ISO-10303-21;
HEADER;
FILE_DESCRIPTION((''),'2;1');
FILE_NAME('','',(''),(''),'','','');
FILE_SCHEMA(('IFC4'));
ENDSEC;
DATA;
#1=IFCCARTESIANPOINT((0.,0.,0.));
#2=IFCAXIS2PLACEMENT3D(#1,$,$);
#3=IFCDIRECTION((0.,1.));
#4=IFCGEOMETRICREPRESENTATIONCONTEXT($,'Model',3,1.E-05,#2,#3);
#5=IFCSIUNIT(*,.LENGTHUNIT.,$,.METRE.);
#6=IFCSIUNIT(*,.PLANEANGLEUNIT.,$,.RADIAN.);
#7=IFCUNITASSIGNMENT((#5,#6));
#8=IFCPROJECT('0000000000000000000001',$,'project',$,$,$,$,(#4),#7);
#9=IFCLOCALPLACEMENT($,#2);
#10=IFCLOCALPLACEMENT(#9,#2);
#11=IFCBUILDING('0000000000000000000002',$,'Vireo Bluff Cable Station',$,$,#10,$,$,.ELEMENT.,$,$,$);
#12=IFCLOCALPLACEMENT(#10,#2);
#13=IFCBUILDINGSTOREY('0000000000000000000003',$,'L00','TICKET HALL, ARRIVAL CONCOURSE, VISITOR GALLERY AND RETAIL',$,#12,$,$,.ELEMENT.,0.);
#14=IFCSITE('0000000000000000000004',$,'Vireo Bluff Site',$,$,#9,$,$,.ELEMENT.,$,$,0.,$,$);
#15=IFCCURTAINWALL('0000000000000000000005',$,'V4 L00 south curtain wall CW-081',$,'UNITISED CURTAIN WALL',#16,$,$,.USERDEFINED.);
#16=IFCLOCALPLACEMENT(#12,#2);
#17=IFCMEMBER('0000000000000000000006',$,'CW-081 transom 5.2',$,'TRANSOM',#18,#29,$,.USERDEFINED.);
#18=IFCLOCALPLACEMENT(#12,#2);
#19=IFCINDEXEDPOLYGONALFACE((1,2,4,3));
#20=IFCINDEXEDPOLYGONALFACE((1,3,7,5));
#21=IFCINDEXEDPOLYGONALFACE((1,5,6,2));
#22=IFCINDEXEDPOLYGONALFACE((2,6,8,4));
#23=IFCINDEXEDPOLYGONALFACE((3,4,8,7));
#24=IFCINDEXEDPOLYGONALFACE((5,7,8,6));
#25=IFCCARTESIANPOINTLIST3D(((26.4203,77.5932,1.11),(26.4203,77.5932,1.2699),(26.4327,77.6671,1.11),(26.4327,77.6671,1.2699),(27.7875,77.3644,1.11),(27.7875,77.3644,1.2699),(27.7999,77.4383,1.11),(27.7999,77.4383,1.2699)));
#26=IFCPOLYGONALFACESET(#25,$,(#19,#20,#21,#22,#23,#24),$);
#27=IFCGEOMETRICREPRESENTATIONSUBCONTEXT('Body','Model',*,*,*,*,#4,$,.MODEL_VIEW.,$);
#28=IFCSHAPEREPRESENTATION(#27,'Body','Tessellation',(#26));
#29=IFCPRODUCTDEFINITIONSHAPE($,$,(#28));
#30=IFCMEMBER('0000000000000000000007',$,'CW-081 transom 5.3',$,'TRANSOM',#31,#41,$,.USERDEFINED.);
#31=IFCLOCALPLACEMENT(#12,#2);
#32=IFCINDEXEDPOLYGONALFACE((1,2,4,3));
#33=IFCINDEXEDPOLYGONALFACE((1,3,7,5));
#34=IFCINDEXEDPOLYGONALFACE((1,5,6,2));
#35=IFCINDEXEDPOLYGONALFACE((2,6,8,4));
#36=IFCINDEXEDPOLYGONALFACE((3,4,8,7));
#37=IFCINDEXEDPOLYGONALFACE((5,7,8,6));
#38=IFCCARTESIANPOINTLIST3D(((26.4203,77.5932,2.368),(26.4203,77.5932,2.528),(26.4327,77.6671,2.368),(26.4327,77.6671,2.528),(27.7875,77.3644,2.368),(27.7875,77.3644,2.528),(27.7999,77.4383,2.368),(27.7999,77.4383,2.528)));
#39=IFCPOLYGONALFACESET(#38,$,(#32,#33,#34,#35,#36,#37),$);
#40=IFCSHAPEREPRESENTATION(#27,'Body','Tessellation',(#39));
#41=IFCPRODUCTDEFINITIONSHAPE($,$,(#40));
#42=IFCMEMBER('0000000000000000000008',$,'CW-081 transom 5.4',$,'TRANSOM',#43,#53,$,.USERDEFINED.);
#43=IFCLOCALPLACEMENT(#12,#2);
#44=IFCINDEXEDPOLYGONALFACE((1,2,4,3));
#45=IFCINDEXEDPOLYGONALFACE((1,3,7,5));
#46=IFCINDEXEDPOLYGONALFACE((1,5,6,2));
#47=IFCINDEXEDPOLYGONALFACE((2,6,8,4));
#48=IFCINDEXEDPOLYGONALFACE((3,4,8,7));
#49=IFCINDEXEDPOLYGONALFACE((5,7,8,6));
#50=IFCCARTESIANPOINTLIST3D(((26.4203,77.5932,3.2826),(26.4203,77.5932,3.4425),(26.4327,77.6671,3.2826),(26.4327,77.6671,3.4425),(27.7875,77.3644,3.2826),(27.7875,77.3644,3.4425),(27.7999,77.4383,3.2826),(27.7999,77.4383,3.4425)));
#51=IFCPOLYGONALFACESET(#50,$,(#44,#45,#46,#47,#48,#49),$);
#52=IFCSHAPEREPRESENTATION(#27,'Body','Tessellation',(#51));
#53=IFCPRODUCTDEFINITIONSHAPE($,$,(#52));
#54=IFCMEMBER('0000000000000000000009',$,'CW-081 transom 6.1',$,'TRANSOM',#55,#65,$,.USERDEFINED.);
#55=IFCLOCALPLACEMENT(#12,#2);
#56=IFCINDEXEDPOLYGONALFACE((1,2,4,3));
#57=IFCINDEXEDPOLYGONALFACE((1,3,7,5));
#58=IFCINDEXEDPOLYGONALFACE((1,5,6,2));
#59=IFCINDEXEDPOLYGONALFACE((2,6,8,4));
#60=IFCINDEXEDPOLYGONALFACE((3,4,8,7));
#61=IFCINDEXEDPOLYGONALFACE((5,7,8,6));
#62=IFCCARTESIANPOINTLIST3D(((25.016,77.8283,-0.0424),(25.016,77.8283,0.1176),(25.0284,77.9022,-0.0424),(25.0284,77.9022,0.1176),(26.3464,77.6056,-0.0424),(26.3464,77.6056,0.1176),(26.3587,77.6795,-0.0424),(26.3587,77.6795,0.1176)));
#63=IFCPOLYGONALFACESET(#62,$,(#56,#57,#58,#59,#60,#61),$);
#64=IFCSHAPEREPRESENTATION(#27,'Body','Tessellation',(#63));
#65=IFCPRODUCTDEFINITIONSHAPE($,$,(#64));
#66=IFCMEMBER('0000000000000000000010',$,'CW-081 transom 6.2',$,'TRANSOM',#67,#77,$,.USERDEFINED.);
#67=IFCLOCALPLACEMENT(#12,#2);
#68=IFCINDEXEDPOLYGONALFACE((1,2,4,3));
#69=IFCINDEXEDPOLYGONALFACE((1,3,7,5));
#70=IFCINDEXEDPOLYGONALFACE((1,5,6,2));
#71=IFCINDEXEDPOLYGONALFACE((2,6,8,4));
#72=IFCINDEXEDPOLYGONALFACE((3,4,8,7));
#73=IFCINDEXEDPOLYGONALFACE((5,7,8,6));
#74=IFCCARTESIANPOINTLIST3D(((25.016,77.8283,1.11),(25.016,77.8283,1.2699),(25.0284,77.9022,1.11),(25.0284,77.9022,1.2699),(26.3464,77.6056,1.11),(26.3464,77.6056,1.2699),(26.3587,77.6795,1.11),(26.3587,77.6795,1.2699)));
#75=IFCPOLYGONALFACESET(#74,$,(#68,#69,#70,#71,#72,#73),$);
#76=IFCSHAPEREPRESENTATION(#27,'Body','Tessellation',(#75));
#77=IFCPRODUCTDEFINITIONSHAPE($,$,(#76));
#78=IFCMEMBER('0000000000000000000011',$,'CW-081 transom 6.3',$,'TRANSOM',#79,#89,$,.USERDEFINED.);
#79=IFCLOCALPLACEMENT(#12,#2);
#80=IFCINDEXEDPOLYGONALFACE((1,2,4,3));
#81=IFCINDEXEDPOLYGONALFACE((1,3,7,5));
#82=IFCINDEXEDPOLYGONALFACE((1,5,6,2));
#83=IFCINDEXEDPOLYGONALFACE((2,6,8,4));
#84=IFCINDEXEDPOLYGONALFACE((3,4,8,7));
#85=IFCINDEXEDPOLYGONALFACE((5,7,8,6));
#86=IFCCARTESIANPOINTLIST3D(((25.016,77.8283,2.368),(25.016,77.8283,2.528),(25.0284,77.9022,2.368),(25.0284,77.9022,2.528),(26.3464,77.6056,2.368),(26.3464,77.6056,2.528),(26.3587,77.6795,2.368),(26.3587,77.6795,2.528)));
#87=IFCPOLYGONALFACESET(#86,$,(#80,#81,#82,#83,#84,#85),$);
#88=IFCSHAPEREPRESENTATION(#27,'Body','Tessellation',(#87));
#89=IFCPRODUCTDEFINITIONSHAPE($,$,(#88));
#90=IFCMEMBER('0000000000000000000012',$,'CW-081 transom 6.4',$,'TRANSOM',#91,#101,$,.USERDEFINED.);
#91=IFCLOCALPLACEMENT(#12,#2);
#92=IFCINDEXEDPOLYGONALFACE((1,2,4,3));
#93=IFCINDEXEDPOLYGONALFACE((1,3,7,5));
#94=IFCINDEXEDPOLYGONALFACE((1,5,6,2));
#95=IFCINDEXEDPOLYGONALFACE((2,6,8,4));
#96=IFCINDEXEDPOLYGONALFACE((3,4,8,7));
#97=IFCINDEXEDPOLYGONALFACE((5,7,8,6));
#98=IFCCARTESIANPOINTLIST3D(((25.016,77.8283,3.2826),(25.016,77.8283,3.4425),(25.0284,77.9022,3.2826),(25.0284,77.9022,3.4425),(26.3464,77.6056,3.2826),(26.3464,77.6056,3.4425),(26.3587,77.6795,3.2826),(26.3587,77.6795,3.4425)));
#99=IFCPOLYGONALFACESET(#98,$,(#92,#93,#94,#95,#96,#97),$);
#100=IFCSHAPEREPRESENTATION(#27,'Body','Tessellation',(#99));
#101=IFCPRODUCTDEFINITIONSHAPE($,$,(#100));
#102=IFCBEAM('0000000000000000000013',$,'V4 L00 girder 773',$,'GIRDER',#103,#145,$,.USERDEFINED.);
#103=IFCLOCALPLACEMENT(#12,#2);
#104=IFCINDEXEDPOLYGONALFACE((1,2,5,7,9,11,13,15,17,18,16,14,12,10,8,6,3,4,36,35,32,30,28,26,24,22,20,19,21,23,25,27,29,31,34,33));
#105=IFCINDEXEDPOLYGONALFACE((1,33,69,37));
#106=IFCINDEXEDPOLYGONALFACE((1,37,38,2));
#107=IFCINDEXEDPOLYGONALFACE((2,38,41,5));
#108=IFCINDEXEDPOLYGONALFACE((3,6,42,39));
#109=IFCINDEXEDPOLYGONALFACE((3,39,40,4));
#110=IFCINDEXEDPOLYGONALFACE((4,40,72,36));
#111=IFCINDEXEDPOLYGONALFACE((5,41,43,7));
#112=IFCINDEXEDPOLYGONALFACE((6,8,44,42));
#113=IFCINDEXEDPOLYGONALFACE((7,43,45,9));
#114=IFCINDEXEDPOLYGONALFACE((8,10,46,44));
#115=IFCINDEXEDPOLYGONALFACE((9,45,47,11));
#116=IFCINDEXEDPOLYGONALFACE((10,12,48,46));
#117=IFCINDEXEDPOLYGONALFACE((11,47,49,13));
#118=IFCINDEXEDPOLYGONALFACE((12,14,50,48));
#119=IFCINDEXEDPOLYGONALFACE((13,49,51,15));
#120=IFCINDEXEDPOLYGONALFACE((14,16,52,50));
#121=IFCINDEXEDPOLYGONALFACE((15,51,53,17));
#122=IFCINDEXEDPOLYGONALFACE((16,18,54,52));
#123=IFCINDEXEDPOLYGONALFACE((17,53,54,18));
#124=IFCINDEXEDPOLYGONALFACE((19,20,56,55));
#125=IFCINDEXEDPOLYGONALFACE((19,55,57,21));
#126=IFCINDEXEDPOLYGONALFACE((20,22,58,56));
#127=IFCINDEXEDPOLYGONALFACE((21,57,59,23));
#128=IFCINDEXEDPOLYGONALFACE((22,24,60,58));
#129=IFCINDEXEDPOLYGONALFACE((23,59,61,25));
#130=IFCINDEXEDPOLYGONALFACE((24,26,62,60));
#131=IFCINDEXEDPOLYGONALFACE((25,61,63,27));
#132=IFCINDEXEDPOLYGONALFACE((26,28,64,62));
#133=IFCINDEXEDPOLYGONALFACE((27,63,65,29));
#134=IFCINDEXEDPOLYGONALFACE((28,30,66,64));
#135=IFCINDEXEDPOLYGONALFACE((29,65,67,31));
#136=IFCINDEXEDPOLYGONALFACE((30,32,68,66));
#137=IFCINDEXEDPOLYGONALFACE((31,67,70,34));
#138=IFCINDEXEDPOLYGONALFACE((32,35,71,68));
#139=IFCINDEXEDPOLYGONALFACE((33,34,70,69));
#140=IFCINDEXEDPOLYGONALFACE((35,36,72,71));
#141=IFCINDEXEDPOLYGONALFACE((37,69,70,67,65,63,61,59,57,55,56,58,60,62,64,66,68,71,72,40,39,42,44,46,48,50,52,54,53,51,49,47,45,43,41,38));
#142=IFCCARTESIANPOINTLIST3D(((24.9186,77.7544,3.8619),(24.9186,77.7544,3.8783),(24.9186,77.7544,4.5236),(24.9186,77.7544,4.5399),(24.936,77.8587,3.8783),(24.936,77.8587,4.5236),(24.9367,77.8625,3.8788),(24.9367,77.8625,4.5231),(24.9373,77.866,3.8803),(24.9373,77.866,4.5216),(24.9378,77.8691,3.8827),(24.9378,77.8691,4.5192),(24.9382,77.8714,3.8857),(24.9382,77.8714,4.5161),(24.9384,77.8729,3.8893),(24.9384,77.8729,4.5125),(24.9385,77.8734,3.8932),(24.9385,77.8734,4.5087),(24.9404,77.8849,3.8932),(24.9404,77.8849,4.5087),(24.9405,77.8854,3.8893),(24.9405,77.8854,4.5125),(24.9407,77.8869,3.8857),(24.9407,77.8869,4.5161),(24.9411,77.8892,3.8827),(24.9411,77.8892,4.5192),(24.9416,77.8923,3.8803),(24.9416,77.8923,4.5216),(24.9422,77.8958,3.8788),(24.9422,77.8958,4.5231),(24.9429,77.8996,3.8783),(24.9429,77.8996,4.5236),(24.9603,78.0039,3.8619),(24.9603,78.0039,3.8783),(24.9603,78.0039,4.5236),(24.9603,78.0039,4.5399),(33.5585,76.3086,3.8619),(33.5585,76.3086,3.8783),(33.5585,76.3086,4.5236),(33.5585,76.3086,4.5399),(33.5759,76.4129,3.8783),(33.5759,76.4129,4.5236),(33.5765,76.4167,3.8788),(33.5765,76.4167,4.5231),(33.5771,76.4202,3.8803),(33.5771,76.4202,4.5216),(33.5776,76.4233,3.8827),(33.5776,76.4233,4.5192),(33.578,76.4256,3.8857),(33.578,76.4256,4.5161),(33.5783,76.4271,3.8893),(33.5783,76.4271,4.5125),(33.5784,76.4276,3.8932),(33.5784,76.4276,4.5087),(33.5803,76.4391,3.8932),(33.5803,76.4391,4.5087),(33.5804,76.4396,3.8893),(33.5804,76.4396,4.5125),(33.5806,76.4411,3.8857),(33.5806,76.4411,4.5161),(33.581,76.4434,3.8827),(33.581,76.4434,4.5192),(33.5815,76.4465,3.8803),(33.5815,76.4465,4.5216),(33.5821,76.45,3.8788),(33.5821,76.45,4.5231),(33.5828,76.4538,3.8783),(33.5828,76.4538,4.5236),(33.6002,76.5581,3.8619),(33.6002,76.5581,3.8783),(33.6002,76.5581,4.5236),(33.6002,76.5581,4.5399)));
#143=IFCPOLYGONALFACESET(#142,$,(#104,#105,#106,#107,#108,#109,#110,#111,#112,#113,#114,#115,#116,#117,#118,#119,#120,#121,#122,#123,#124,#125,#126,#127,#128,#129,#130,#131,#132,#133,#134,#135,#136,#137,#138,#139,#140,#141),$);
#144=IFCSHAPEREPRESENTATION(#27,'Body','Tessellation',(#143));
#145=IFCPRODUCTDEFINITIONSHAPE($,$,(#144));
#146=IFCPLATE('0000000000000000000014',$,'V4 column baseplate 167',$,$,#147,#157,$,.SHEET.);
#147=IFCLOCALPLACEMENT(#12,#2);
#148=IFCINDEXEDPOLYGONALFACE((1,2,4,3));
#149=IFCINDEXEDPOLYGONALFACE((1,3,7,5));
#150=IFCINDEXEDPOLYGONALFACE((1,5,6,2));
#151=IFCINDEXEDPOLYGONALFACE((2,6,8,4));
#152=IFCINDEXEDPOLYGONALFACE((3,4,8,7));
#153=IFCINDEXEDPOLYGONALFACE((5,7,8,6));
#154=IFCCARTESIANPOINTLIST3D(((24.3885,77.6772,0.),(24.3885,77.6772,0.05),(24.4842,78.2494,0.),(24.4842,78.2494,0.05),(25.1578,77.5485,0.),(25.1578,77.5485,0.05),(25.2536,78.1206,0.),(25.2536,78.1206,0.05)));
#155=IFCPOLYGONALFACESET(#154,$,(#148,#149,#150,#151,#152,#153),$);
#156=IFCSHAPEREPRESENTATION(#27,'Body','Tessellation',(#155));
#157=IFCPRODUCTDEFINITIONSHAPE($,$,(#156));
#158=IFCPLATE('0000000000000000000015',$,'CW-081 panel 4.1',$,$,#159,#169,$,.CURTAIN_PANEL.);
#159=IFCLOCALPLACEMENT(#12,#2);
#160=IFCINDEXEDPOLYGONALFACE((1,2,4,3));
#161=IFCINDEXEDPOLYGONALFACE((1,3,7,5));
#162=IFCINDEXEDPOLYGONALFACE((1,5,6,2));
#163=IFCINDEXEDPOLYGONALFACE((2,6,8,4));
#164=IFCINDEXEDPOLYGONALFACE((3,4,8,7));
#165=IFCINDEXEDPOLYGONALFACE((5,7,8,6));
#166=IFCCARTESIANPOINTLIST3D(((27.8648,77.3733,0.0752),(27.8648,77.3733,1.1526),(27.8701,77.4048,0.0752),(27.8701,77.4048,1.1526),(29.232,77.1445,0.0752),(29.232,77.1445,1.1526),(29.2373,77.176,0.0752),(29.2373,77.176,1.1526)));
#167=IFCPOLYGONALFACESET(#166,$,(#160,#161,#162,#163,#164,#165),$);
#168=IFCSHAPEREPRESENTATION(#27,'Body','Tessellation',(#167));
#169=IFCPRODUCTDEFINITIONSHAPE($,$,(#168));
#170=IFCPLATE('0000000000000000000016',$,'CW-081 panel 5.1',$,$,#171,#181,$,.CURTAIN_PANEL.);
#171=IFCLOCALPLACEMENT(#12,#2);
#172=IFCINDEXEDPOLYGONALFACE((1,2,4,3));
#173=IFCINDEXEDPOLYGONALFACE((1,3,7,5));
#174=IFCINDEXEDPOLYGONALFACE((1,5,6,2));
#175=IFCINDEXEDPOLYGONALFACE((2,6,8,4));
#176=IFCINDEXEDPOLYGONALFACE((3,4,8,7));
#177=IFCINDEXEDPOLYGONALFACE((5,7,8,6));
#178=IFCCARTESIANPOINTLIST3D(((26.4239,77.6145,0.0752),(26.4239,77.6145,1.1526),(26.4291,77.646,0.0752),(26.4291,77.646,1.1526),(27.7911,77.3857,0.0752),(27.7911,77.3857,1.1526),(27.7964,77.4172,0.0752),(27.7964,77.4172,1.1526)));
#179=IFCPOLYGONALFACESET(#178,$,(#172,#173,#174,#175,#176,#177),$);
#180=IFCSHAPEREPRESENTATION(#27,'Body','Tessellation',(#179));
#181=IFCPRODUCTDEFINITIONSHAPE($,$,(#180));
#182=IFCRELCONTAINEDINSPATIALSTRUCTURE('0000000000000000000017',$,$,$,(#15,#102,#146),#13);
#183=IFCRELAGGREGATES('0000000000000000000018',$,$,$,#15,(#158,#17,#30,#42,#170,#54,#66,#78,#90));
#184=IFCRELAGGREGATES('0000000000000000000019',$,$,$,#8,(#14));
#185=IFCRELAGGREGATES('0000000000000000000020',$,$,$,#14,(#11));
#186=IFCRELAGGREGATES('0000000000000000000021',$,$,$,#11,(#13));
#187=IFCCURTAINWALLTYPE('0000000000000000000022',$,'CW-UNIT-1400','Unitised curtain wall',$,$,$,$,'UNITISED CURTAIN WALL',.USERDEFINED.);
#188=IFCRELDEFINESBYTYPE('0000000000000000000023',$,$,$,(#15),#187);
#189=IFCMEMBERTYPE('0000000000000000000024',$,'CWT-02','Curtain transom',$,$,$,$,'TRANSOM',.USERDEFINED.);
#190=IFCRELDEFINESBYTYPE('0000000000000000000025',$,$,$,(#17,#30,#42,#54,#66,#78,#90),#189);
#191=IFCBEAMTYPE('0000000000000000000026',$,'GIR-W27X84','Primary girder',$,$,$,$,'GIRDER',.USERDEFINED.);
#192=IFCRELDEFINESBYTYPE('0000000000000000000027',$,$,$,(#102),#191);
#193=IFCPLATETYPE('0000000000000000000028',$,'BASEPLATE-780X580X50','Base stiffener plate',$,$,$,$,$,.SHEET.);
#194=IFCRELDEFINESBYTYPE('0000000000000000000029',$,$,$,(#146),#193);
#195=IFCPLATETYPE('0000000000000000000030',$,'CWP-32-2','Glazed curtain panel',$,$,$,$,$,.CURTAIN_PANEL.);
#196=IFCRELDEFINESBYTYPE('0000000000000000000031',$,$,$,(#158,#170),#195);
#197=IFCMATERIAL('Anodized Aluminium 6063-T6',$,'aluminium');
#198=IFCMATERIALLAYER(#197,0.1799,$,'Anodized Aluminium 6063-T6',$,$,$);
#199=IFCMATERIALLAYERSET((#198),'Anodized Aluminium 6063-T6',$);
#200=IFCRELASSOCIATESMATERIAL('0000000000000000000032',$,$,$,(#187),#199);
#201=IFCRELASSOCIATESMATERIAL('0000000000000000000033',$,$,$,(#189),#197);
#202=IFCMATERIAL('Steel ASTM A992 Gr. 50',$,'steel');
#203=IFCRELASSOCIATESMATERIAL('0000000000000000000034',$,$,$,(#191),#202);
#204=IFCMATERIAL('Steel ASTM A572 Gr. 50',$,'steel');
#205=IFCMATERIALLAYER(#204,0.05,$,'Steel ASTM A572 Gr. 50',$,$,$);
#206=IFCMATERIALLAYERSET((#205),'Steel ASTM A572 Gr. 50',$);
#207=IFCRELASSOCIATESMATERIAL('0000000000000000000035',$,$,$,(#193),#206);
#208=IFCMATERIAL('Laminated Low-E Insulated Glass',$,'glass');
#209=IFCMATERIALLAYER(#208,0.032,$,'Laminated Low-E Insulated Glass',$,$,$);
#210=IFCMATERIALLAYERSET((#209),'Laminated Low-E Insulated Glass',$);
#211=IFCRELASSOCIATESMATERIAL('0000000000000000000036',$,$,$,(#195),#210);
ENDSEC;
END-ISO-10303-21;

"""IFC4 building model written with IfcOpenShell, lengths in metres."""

from ifc_helpers import new_model, si_unit, direction, frame, origin, origin_2d, place, context, subcontext, project, spatial, rectangle, i_section, extrude, material, layer, layer_set, material_profile, profile_set, type_object, element, aggregate, save


model = new_model("IFC4")

# Units and contexts
model_context = context("Model", 3, precision=1e-05, world=origin(), true_north=direction((0.0, 1.0)))
body_context = subcontext(model_context, "Body", "Model", "MODEL_VIEW")
ifc_project = project(units=[si_unit("LENGTHUNIT", "METRE"), si_unit("PLANEANGLEUNIT", "RADIAN")], contexts=[model_context])

# Site, building, storey
site_placement = place(None, origin())
site = spatial("IfcSite", under=ifc_project, at=site_placement, Name="Vireo Bluff Site", CompositionType="ELEMENT", RefElevation=0.0)
building_placement = place(site_placement, origin())
building = spatial("IfcBuilding", under=site, at=building_placement, Name="Vireo Bluff Cable Station", CompositionType="ELEMENT")
storey_placement = place(building_placement, origin())
storey = spatial("IfcBuildingStorey", under=building, at=storey_placement, Name="L00", Description="TICKET HALL, ARRIVAL CONCOURSE, VISITOR GALLERY AND RETAIL", CompositionType="ELEMENT", Elevation=0.0)

# Shared definitions
ifc_material_1 = material(Name="Steel ASTM A992 Gr. 50", Category="steel")

# Curtain wall, members
ifc_material_2 = material(Name="Anodized Aluminium 6063-T6", Category="aluminium")
ifc_layer_1 = layer(ifc_material_2, 0.1799, Name="Anodized Aluminium 6063-T6")
ifc_layer_set_1 = layer_set([ifc_layer_1], Name="Anodized Aluminium 6063-T6")
curtain_wall_type = type_object("IfcCurtainWallType", Name="CW-UNIT-1400", Description="Unitised curtain wall", ElementType="UNITISED CURTAIN WALL", PredefinedType="USERDEFINED", material=ifc_layer_set_1)
curtain_wall_placement = place(storey_placement, origin())
curtain_wall = element("IfcCurtainWall", 1, at=curtain_wall_placement, inside=storey, type_object=curtain_wall_type, Name="V4 L00 south curtain wall CW-081", ObjectType="UNITISED CURTAIN WALL", PredefinedType="USERDEFINED")
ifc_material_profile_1 = material_profile(ifc_material_2, rectangle(XDim=0.075, YDim=0.1599, at=origin_2d()), Name="ALU-T-75X160")
ifc_profile_set_1 = profile_set([ifc_material_profile_1], Name="Anodized Aluminium 6063-T6")
member_type_1 = type_object("IfcMemberType", Name="CWT-02", Description="Curtain transom", ElementType="TRANSOM", PredefinedType="USERDEFINED", material=ifc_profile_set_1)
member_1_placement = place(storey_placement, frame((27.7937, 77.4014, 1.1899), z_axis=(-0.986289, 0.165027, 0.0), x_axis=(-0.165027, -0.986289, 0.0)))
member_1 = element("IfcMember", 2, at=member_1_placement, type_object=member_type_1, Name="CW-081 transom 5.2", ObjectType="TRANSOM", PredefinedType="USERDEFINED", context=body_context, shape_type="SweptSolid", body=[
    extrude(rectangle(XDim=0.075, YDim=0.1599, at=origin_2d()), origin(), (0.0, 0.0, 1.0), 1.3862),
])
member_2_placement = place(storey_placement, frame((27.7937, 77.4014, 2.448), z_axis=(-0.986289, 0.165027, 0.0), x_axis=(-0.165027, -0.986289, 0.0)))
member_2 = element("IfcMember", 3, at=member_2_placement, type_object=member_type_1, Name="CW-081 transom 5.3", ObjectType="TRANSOM", PredefinedType="USERDEFINED", context=body_context, shape_type="SweptSolid", body=[
    extrude(rectangle(XDim=0.075, YDim=0.1599, at=origin_2d()), origin(), (0.0, 0.0, 1.0), 1.3862),
])
member_3_placement = place(storey_placement, frame((27.7937, 77.4014, 3.3625), z_axis=(-0.986289, 0.165027, 0.0), x_axis=(-0.165027, -0.986289, 0.0)))
member_3 = element("IfcMember", 4, at=member_3_placement, type_object=member_type_1, Name="CW-081 transom 5.4", ObjectType="TRANSOM", PredefinedType="USERDEFINED", context=body_context, shape_type="SweptSolid", body=[
    extrude(rectangle(XDim=0.075, YDim=0.1599, at=origin_2d()), origin(), (0.0, 0.0, 1.0), 1.3862),
])
member_4_placement = place(storey_placement, frame((26.3525, 77.6426, 0.0376), z_axis=(-0.986281, 0.165074, 0.0), x_axis=(-0.165074, -0.986281, 0.0)))
member_4 = element("IfcMember", 5, at=member_4_placement, type_object=member_type_1, Name="CW-081 transom 6.1", ObjectType="TRANSOM", PredefinedType="USERDEFINED", context=body_context, shape_type="SweptSolid", body=[
    extrude(rectangle(XDim=0.075, YDim=0.1599, at=origin_2d()), origin(), (0.0, 0.0, 1.0), 1.3489),
])
member_5_placement = place(storey_placement, frame((26.3525, 77.6426, 1.1899), z_axis=(-0.986281, 0.165074, 0.0), x_axis=(-0.165074, -0.986281, 0.0)))
member_5 = element("IfcMember", 6, at=member_5_placement, type_object=member_type_1, Name="CW-081 transom 6.2", ObjectType="TRANSOM", PredefinedType="USERDEFINED", context=body_context, shape_type="SweptSolid", body=[
    extrude(rectangle(XDim=0.075, YDim=0.1599, at=origin_2d()), origin(), (0.0, 0.0, 1.0), 1.3489),
])
member_6_placement = place(storey_placement, frame((26.3525, 77.6426, 2.448), z_axis=(-0.986281, 0.165074, 0.0), x_axis=(-0.165074, -0.986281, 0.0)))
member_6 = element("IfcMember", 7, at=member_6_placement, type_object=member_type_1, Name="CW-081 transom 6.3", ObjectType="TRANSOM", PredefinedType="USERDEFINED", context=body_context, shape_type="SweptSolid", body=[
    extrude(rectangle(XDim=0.075, YDim=0.1599, at=origin_2d()), origin(), (0.0, 0.0, 1.0), 1.3489),
])
member_7_placement = place(storey_placement, frame((26.3525, 77.6426, 3.3625), z_axis=(-0.986281, 0.165074, 0.0), x_axis=(-0.165074, -0.986281, 0.0)))
member_7 = element("IfcMember", 8, at=member_7_placement, type_object=member_type_1, Name="CW-081 transom 6.4", ObjectType="TRANSOM", PredefinedType="USERDEFINED", context=body_context, shape_type="SweptSolid", body=[
    extrude(rectangle(XDim=0.075, YDim=0.1599, at=origin_2d()), origin(), (0.0, 0.0, 1.0), 1.3489),
])

# Beam
ifc_material_profile_2 = material_profile(ifc_material_1, i_section(OverallWidth=0.2529, OverallDepth=0.678, WebThickness=0.0117, FlangeThickness=0.0164, FilletRadius=0.0149, at=origin_2d()), Name="W27X84")
ifc_profile_set_2 = profile_set([ifc_material_profile_2], Name="Steel ASTM A992 Gr. 50")
beam_type_1 = type_object("IfcBeamType", Name="GIR-W27X84", Description="Primary girder", ElementType="GIRDER", PredefinedType="USERDEFINED", material=ifc_profile_set_2)
beam_1_placement = place(storey_placement, frame((24.9395, 77.8792, 4.2009), z_axis=(0.986286, -0.165045, 0.0), x_axis=(0.165045, 0.986286, 0.0)))
element("IfcBeam", 9, at=beam_1_placement, inside=storey, type_object=beam_type_1, Name="V4 L00 girder 773", ObjectType="GIRDER", PredefinedType="USERDEFINED", context=body_context, shape_type="SweptSolid", body=[
    extrude(i_section(OverallWidth=0.2529, OverallDepth=0.678, WebThickness=0.0117, FlangeThickness=0.0164, FilletRadius=0.0149, at=origin_2d()), origin(), (0.0, 0.0, 1.0), 8.76),
])

# Plates
ifc_material_3 = material(Name="Steel ASTM A572 Gr. 50", Category="steel")
ifc_layer_2 = layer(ifc_material_3, 0.05, Name="Steel ASTM A572 Gr. 50")
ifc_layer_set_2 = layer_set([ifc_layer_2], Name="Steel ASTM A572 Gr. 50")
plate_type_1 = type_object("IfcPlateType", Name="BASEPLATE-780X580X50", Description="Base stiffener plate", PredefinedType="SHEET", material=ifc_layer_set_2)
plate_1_placement = place(storey_placement, frame((24.821, 77.8989, 0.0), z_axis=(0.0, 0.0, 1.0), x_axis=(0.986286, -0.165048, 0.0)))
element("IfcPlate", 10, at=plate_1_placement, inside=storey, type_object=plate_type_1, Name="V4 column baseplate 167", PredefinedType="SHEET", context=body_context, shape_type="SweptSolid", body=[
    extrude(rectangle(XDim=0.78, YDim=0.5801, at=origin_2d()), origin(), (0.0, 0.0, 1.0), 0.05),
])
ifc_material_4 = material(Name="Laminated Low-E Insulated Glass", Category="glass")
ifc_layer_3 = layer(ifc_material_4, 0.032, Name="Laminated Low-E Insulated Glass")
ifc_layer_set_3 = layer_set([ifc_layer_3], Name="Laminated Low-E Insulated Glass")
plate_type_2 = type_object("IfcPlateType", Name="CWP-32-2", Description="Glazed curtain panel", PredefinedType="CURTAIN_PANEL", material=ifc_layer_set_3)
plate_2_placement = place(storey_placement, frame((28.551, 77.2747, 0.0752), z_axis=(0.0, 0.0, 1.0), x_axis=(-0.986286, 0.165048, 0.0)))
plate_2 = element("IfcPlate", 11, at=plate_2_placement, type_object=plate_type_2, Name="CW-081 panel 4.1", PredefinedType="CURTAIN_PANEL", context=body_context, shape_type="SweptSolid", body=[
    extrude(rectangle(XDim=1.3862, YDim=0.032, at=origin_2d()), origin(), (0.0, 0.0, 1.0), 1.0774),
])
plate_3_placement = place(storey_placement, frame((27.1101, 77.5159, 0.0752), z_axis=(0.0, 0.0, 1.0), x_axis=(-0.986286, 0.165048, 0.0)))
plate_3 = element("IfcPlate", 12, at=plate_3_placement, type_object=plate_type_2, Name="CW-081 panel 5.1", PredefinedType="CURTAIN_PANEL", context=body_context, shape_type="SweptSolid", body=[
    extrude(rectangle(XDim=1.3862, YDim=0.032, at=origin_2d()), origin(), (0.0, 0.0, 1.0), 1.0774),
])
aggregate(curtain_wall, [plate_2, member_1, member_2, member_3, plate_3, member_4, member_5, member_6, member_7])

save(model, "model.ifc")
